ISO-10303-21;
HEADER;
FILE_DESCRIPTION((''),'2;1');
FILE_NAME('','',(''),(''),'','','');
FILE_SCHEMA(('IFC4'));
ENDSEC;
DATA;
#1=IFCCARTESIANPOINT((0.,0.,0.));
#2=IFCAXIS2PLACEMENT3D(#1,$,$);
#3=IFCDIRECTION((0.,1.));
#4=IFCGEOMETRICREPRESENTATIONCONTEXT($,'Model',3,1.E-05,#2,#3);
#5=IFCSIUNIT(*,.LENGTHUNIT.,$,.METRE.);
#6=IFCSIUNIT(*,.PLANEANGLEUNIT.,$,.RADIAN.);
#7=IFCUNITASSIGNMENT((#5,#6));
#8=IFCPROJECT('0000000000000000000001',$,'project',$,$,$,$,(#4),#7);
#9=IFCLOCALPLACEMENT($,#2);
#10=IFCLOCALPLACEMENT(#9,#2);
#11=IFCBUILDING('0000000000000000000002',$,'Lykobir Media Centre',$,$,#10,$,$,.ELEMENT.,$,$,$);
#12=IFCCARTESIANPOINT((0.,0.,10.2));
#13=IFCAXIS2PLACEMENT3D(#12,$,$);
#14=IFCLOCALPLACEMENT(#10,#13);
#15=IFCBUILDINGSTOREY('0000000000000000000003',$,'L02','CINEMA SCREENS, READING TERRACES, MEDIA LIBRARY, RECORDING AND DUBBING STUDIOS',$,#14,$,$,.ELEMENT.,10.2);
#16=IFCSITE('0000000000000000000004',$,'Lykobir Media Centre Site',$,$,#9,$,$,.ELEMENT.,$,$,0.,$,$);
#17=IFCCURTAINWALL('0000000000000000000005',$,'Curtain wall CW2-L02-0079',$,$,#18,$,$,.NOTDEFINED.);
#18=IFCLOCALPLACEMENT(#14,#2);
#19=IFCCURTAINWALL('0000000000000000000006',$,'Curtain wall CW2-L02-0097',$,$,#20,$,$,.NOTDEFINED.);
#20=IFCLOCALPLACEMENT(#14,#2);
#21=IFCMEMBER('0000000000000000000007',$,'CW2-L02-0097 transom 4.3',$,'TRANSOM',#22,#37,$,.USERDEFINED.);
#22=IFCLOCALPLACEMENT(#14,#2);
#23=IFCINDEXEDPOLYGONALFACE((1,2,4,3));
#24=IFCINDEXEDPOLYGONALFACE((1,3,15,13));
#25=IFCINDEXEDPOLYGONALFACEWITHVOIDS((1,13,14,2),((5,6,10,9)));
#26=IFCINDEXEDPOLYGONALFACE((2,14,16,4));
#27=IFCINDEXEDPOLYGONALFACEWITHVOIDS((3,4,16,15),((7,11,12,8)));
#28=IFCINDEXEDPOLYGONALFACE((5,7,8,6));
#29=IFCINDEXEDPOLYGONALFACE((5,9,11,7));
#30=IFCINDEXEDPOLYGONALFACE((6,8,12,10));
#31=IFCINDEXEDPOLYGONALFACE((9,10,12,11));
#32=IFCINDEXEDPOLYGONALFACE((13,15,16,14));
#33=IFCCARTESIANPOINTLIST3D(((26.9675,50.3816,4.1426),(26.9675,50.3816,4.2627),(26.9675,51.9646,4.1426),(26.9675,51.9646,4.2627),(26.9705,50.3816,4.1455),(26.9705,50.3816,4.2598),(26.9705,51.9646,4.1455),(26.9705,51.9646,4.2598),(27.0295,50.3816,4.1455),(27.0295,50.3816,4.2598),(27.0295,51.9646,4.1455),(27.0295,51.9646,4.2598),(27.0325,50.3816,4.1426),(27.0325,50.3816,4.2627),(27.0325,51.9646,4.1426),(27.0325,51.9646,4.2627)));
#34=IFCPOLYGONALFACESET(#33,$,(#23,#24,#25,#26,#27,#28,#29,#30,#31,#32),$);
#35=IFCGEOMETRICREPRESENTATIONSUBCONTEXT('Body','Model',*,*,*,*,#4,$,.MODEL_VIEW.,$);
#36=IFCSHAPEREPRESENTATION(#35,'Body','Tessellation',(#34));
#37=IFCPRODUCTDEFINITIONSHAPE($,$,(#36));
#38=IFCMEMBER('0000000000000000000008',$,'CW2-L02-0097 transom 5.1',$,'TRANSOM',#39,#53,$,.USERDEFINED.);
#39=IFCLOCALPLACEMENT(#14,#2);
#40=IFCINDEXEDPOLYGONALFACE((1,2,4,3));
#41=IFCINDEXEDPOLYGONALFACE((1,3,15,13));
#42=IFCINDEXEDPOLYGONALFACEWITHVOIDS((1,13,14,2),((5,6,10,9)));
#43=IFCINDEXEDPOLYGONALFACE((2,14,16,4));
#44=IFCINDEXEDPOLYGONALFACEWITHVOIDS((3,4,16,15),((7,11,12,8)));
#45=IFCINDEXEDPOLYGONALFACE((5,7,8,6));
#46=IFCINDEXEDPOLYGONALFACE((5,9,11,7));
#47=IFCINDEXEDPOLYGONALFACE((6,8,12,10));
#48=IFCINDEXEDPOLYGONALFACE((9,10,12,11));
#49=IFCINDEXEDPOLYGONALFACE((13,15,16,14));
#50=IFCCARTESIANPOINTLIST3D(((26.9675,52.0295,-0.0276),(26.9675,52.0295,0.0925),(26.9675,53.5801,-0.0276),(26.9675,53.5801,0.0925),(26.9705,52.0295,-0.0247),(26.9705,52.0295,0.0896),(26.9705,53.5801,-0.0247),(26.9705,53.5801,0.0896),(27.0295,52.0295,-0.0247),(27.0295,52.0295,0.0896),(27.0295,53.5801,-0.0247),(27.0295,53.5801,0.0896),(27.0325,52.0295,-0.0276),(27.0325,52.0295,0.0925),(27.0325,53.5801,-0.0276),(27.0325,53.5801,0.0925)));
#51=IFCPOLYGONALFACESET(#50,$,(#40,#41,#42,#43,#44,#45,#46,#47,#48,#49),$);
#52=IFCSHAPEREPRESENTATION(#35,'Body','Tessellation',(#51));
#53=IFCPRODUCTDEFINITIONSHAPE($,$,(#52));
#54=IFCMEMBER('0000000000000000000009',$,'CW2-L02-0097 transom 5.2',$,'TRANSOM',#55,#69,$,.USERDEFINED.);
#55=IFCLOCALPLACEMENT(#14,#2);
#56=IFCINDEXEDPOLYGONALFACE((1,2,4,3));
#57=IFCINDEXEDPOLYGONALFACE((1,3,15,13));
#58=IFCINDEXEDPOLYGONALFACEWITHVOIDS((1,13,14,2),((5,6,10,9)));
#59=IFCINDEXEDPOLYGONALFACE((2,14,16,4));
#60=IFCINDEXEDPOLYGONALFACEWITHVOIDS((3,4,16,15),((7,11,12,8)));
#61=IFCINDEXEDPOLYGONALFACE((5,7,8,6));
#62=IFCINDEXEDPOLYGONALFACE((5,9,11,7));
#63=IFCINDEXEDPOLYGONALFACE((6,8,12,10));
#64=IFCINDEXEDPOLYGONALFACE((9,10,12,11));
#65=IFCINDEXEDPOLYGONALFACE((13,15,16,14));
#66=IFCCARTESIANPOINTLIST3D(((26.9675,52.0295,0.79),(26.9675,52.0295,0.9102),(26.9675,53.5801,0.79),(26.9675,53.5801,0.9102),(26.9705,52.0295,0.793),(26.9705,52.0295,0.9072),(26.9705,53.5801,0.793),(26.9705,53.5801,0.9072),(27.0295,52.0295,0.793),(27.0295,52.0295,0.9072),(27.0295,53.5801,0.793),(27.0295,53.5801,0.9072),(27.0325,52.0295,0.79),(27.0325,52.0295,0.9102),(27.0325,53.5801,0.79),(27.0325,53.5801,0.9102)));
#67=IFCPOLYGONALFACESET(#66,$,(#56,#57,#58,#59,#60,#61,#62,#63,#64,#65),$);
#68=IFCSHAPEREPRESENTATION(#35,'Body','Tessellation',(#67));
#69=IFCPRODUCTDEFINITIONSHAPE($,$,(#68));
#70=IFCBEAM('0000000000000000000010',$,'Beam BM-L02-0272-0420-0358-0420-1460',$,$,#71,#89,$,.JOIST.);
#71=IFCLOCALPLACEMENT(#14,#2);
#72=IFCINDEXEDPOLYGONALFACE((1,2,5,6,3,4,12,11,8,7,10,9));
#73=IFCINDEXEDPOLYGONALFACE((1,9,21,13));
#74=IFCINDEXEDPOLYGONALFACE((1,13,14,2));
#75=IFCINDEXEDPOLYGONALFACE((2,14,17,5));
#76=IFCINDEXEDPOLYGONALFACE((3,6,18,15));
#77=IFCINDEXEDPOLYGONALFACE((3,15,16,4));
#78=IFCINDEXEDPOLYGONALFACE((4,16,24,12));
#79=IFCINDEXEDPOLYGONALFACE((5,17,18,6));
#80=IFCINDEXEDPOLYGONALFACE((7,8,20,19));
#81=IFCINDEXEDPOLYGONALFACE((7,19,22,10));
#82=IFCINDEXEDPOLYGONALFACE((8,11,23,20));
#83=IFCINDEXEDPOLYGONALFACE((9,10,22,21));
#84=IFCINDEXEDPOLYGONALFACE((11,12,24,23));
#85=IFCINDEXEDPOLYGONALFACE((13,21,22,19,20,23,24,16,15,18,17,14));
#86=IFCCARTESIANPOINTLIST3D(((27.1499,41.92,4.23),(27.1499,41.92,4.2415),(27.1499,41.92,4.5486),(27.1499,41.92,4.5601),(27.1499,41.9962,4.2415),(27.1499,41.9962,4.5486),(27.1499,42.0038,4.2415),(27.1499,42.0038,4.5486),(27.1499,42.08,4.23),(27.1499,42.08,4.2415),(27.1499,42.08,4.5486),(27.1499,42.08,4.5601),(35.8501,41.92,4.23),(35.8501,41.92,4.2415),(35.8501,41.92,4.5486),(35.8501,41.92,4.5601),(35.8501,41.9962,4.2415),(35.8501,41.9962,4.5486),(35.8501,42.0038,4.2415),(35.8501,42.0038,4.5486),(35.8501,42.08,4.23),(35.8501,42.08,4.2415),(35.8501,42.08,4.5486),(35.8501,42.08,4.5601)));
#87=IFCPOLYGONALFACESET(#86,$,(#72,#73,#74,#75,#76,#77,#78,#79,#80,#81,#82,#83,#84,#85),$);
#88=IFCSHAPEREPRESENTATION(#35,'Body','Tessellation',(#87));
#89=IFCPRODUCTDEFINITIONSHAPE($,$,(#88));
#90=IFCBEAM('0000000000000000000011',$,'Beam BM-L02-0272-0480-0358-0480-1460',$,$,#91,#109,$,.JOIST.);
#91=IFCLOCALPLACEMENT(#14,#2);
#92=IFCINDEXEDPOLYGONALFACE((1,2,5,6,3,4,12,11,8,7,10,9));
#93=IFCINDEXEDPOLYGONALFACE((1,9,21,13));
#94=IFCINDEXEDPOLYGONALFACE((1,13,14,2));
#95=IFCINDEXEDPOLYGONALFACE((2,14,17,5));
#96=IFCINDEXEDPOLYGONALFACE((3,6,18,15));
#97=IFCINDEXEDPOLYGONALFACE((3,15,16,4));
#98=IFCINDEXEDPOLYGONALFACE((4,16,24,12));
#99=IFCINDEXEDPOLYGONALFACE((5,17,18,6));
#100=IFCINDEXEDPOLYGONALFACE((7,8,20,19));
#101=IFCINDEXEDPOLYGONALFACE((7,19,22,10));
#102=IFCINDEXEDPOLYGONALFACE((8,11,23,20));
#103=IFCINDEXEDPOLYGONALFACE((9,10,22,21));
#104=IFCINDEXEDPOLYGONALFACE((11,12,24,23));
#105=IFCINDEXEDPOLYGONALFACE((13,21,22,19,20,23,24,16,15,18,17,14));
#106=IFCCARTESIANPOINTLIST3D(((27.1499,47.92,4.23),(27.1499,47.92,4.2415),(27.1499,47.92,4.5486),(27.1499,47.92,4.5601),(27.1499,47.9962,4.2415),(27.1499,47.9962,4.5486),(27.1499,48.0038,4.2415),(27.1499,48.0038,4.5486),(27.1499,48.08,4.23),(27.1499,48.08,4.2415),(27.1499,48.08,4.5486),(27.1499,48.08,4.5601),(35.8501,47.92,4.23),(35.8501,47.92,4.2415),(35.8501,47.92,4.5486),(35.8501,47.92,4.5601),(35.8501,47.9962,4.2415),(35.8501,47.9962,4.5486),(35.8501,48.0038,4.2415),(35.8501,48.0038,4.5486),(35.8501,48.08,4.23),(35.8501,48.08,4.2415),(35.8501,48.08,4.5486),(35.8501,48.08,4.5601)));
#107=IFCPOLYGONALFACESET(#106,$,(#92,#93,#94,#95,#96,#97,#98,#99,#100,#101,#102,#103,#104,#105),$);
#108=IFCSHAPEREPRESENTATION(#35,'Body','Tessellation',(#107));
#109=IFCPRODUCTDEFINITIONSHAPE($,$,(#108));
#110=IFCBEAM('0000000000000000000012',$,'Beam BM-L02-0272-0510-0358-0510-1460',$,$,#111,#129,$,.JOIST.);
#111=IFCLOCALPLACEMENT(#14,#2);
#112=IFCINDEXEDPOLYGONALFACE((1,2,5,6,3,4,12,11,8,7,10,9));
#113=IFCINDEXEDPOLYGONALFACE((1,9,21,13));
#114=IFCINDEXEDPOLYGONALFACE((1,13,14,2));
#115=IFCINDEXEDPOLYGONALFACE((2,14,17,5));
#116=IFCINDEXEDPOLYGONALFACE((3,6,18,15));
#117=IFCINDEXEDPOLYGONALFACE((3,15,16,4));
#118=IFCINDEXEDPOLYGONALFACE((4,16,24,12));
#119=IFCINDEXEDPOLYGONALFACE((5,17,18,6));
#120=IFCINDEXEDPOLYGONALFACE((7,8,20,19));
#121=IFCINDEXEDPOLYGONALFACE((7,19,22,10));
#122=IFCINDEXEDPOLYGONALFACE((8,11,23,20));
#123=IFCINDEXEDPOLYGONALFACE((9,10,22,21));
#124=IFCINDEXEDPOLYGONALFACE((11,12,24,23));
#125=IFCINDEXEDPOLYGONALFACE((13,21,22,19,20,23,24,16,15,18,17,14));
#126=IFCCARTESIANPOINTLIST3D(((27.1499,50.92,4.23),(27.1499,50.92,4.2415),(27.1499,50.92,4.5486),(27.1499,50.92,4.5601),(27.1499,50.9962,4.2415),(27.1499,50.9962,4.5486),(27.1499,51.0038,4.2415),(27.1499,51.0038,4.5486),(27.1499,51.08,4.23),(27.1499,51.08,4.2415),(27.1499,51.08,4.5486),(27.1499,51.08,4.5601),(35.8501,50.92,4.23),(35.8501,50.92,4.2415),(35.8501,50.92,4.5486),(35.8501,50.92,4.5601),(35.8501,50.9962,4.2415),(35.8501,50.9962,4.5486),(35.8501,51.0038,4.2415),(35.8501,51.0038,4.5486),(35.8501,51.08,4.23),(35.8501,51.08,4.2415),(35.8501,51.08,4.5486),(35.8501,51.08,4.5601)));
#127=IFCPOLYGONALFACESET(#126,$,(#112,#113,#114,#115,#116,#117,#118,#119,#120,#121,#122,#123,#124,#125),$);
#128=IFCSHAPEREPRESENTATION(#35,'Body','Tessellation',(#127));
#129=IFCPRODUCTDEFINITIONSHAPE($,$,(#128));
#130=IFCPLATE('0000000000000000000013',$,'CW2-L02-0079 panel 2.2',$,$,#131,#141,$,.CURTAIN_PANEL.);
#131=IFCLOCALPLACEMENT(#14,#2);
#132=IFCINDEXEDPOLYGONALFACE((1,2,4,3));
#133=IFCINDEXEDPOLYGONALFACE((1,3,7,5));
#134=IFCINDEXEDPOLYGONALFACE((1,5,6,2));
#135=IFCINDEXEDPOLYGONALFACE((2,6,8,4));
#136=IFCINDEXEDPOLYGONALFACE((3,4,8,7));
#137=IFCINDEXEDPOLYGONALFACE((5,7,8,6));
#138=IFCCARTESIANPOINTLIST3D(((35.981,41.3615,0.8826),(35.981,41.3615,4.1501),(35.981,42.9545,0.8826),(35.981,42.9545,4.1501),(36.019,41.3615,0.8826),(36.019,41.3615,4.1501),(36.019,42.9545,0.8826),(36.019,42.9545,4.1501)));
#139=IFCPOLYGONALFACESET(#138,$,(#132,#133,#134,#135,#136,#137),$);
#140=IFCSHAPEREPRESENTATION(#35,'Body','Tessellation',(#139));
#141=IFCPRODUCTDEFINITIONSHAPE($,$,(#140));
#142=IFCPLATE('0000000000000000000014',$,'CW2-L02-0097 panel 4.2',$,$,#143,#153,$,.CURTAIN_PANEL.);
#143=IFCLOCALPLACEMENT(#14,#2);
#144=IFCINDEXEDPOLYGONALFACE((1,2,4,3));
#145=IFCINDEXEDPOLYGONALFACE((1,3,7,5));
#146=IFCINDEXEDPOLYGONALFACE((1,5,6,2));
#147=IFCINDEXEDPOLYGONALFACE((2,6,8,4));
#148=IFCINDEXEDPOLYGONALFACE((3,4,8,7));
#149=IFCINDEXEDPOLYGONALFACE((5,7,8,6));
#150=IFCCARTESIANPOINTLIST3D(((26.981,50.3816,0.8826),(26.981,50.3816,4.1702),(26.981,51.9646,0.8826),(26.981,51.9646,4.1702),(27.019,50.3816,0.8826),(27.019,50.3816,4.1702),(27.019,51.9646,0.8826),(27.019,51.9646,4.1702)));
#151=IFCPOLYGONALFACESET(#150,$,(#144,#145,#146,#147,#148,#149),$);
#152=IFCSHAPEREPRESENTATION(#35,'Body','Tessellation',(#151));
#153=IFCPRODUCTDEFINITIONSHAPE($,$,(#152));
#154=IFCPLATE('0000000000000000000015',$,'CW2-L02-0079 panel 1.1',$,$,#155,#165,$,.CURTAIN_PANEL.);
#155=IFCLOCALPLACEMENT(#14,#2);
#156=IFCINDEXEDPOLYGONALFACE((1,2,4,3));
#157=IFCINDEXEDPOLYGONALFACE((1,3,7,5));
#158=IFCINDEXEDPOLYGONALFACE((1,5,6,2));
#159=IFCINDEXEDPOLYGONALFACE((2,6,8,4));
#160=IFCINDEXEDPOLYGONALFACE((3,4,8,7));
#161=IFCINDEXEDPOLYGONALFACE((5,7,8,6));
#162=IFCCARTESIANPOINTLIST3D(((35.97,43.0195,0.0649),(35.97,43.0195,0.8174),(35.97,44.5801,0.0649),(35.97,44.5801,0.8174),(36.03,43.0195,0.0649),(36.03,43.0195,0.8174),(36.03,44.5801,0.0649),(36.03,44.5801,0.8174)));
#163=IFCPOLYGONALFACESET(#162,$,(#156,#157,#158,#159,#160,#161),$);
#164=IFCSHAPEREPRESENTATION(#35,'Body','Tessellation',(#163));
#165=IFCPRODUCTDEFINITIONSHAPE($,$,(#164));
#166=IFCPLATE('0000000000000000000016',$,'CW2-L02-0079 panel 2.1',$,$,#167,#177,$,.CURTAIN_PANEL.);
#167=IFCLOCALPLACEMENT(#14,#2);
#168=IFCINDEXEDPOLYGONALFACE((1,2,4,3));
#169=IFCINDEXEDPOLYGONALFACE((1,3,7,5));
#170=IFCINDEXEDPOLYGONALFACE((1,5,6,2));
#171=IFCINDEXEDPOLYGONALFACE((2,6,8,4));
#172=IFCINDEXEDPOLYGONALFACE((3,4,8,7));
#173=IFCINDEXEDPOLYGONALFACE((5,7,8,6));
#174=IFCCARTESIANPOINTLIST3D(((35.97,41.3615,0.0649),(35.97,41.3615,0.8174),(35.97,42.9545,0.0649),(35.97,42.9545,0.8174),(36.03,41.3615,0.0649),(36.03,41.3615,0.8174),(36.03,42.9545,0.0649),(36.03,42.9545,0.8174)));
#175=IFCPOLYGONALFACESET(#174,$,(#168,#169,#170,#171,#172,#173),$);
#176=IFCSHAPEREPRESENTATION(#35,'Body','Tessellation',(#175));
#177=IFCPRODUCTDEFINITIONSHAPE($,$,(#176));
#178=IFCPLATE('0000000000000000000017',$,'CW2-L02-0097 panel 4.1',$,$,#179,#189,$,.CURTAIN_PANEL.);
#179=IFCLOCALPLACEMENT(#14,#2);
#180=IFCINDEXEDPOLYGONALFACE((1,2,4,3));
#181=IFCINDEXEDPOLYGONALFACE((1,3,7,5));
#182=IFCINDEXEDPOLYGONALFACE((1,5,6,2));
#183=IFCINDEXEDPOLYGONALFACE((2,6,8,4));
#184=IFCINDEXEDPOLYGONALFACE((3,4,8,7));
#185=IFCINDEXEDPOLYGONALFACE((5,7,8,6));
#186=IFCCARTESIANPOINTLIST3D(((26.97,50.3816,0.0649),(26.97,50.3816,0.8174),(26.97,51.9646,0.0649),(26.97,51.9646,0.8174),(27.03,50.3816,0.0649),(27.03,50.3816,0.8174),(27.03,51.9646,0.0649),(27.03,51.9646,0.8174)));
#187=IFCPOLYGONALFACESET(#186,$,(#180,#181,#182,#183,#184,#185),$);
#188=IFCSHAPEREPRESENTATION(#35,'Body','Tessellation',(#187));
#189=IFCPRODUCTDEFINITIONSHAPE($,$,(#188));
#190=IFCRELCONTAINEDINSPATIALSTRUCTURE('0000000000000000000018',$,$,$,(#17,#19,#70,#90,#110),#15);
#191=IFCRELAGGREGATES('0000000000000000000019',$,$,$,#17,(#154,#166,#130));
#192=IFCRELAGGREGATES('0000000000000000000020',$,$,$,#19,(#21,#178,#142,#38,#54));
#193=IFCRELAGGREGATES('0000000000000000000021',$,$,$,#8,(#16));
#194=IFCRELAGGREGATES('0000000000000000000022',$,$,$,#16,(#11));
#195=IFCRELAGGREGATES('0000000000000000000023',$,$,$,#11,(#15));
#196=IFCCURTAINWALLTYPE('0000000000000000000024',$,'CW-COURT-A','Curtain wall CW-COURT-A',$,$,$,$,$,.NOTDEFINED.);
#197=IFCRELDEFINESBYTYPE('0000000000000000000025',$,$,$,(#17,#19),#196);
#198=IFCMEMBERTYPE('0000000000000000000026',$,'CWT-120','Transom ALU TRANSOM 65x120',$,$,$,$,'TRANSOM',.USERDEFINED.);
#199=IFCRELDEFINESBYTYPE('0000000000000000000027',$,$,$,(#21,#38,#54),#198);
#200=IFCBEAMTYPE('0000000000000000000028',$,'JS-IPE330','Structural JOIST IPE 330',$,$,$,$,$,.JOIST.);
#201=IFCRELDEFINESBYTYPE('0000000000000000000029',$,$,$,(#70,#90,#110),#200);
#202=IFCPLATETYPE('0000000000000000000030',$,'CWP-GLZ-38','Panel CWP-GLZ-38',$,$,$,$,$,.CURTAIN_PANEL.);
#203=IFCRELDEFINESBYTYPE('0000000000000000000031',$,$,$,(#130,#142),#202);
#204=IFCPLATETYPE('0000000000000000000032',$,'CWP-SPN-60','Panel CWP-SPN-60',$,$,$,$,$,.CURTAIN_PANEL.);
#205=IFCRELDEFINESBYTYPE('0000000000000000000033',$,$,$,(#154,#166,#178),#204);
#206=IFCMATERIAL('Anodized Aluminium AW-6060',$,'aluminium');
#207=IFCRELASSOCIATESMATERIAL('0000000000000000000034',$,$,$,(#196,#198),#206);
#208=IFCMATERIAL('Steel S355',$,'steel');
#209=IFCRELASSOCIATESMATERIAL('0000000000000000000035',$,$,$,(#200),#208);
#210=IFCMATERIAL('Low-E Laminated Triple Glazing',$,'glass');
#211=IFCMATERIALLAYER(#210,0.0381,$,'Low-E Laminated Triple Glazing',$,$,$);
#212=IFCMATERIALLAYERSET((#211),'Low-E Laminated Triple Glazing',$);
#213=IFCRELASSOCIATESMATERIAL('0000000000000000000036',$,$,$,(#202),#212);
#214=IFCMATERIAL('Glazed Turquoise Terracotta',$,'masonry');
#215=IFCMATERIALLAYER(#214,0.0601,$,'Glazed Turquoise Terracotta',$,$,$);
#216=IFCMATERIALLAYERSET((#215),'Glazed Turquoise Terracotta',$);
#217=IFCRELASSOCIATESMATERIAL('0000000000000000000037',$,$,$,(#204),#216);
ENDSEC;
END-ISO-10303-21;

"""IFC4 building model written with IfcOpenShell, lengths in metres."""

from ifc_helpers import new_model, si_unit, direction, frame, origin, origin_2d, place, context, subcontext, project, spatial, rectangle, hollow_rectangle, i_section, extrude, material, layer, layer_set, material_profile, profile_set, type_object, element, aggregate, save


model = new_model("IFC4")

# Units and contexts
model_context = context("Model", 3, precision=1e-05, world=origin(), true_north=direction((0.0, 1.0)))
body_context = subcontext(model_context, "Body", "Model", "MODEL_VIEW")
ifc_project = project(units=[si_unit("LENGTHUNIT", "METRE"), si_unit("PLANEANGLEUNIT", "RADIAN")], contexts=[model_context])

# Site, building, storey
site_placement = place(None, origin())
site = spatial("IfcSite", under=ifc_project, at=site_placement, Name="Lykobir Media Centre Site", CompositionType="ELEMENT", RefElevation=0.0)
building_placement = place(site_placement, origin())
building = spatial("IfcBuilding", under=site, at=building_placement, Name="Lykobir Media Centre", CompositionType="ELEMENT")
storey_placement = place(building_placement, frame((0.0, 0.0, 10.2)))
storey = spatial("IfcBuildingStorey", under=building, at=storey_placement, Name="L02", Description="CINEMA SCREENS, READING TERRACES, MEDIA LIBRARY, RECORDING AND DUBBING STUDIOS", CompositionType="ELEMENT", Elevation=10.2)

# Curtain wall
ifc_material_1 = material(Name="Anodized Aluminium AW-6060", Category="aluminium")
curtain_wall_type = type_object("IfcCurtainWallType", Name="CW-COURT-A", Description="Curtain wall CW-COURT-A", PredefinedType="NOTDEFINED", material=ifc_material_1)
curtain_wall_1_placement = place(storey_placement, origin())
curtain_wall_1 = element("IfcCurtainWall", 1, at=curtain_wall_1_placement, inside=storey, type_object=curtain_wall_type, Name="Curtain wall CW2-L02-0079", PredefinedType="NOTDEFINED")

# Curtain wall
curtain_wall_2_placement = place(storey_placement, origin())
curtain_wall_2 = element("IfcCurtainWall", 2, at=curtain_wall_2_placement, inside=storey, type_object=curtain_wall_type, Name="Curtain wall CW2-L02-0097", PredefinedType="NOTDEFINED")

# Members
ifc_material_profile_1 = material_profile(ifc_material_1, hollow_rectangle(XDim=0.0649, YDim=0.1201, WallThickness=0.0029, at=origin_2d()), Name="ALU TRANSOM 65x120")
ifc_profile_set_1 = profile_set([ifc_material_profile_1], Name="Anodized Aluminium AW-6060")
member_type_1 = type_object("IfcMemberType", Name="CWT-120", Description="Transom ALU TRANSOM 65x120", ElementType="TRANSOM", PredefinedType="USERDEFINED", material=ifc_profile_set_1)
member_1_placement = place(storey_placement, frame((27.0, 50.3816, 4.2026), z_axis=(0.0, 1.0, 0.0), x_axis=(-1.0, 0.0, 0.0)))
member_1 = element("IfcMember", 3, at=member_1_placement, type_object=member_type_1, Name="CW2-L02-0097 transom 4.3", ObjectType="TRANSOM", PredefinedType="USERDEFINED", context=body_context, shape_type="SweptSolid", body=[
    extrude(hollow_rectangle(XDim=0.0649, YDim=0.1201, WallThickness=0.0029, at=origin_2d()), origin(), (0.0, 0.0, 1.0), 1.583),
])
member_2_placement = place(storey_placement, frame((27.0, 52.0295, 0.0325), z_axis=(0.0, 1.0, 0.0), x_axis=(-1.0, 0.0, 0.0)))
member_2 = element("IfcMember", 4, at=member_2_placement, type_object=member_type_1, Name="CW2-L02-0097 transom 5.1", ObjectType="TRANSOM", PredefinedType="USERDEFINED", context=body_context, shape_type="SweptSolid", body=[
    extrude(hollow_rectangle(XDim=0.0649, YDim=0.1201, WallThickness=0.0029, at=origin_2d()), origin(), (0.0, 0.0, 1.0), 1.5505),
])
member_3_placement = place(storey_placement, frame((27.0, 52.0295, 0.8501), z_axis=(0.0, 1.0, 0.0), x_axis=(-1.0, 0.0, 0.0)))
member_3 = element("IfcMember", 5, at=member_3_placement, type_object=member_type_1, Name="CW2-L02-0097 transom 5.2", ObjectType="TRANSOM", PredefinedType="USERDEFINED", context=body_context, shape_type="SweptSolid", body=[
    extrude(hollow_rectangle(XDim=0.0649, YDim=0.1201, WallThickness=0.0029, at=origin_2d()), origin(), (0.0, 0.0, 1.0), 1.5505),
])

# Beams
ifc_material_2 = material(Name="Steel S355", Category="steel")
ifc_material_profile_2 = material_profile(ifc_material_2, i_section(OverallWidth=0.1599, OverallDepth=0.3301, WebThickness=0.0076, FlangeThickness=0.0115, at=origin_2d()), Name="IPE 330")
ifc_profile_set_2 = profile_set([ifc_material_profile_2], Name="Steel S355")
beam_type = type_object("IfcBeamType", Name="JS-IPE330", Description="Structural JOIST IPE 330", PredefinedType="JOIST", material=ifc_profile_set_2)
for number, where, z_axis, x_axis, name in (
    (6, (27.1499, 42.0, 4.395), (1.0, 0.0, 0.0), (0.0, 1.0, 0.0), "Beam BM-L02-0272-0420-0358-0420-1460"),
    (7, (27.1499, 48.0, 4.395), (1.0, 0.0, 0.0), (0.0, 1.0, 0.0), "Beam BM-L02-0272-0480-0358-0480-1460"),
    (8, (27.1499, 51.0, 4.395), (1.0, 0.0, 0.0), (0.0, 1.0, 0.0), "Beam BM-L02-0272-0510-0358-0510-1460"),
):
    element("IfcBeam", number, at=place(storey_placement, frame(where, z_axis=z_axis, x_axis=x_axis)), inside=storey, type_object=beam_type, Name=name, PredefinedType="JOIST", context=body_context, shape_type="SweptSolid", body=[
        extrude(i_section(OverallWidth=0.1599, OverallDepth=0.3301, WebThickness=0.0076, FlangeThickness=0.0115, at=origin_2d()), origin(), (0.0, 0.0, 1.0), 8.7002),
    ])

# Plates
ifc_material_3 = material(Name="Low-E Laminated Triple Glazing", Category="glass")
ifc_layer_1 = layer(ifc_material_3, 0.0381, Name="Low-E Laminated Triple Glazing")
ifc_layer_set_1 = layer_set([ifc_layer_1], Name="Low-E Laminated Triple Glazing")
plate_type_1 = type_object("IfcPlateType", Name="CWP-GLZ-38", Description="Panel CWP-GLZ-38", PredefinedType="CURTAIN_PANEL", material=ifc_layer_set_1)
plate_1_placement = place(storey_placement, frame((36.0, 42.158, 0.8826), z_axis=(0.0, 0.0, 1.0), x_axis=(0.0, -1.0, 0.0)))
plate_1 = element("IfcPlate", 9, at=plate_1_placement, type_object=plate_type_1, Name="CW2-L02-0079 panel 2.2", PredefinedType="CURTAIN_PANEL", context=body_context, shape_type="SweptSolid", body=[
    extrude(rectangle(XDim=1.593, YDim=0.0381, at=origin_2d()), origin(), (0.0, 0.0, 1.0), 3.2676),
])
plate_2_placement = place(storey_placement, frame((27.0, 51.1731, 0.8826), z_axis=(0.0, 0.0, 1.0), x_axis=(0.0, 1.0, 0.0)))
plate_2 = element("IfcPlate", 10, at=plate_2_placement, type_object=plate_type_1, Name="CW2-L02-0097 panel 4.2", PredefinedType="CURTAIN_PANEL", context=body_context, shape_type="SweptSolid", body=[
    extrude(rectangle(XDim=1.583, YDim=0.0381, at=origin_2d()), origin(), (0.0, 0.0, 1.0), 3.2876),
])
ifc_material_4 = material(Name="Glazed Turquoise Terracotta", Category="masonry")
ifc_layer_2 = layer(ifc_material_4, 0.0601, Name="Glazed Turquoise Terracotta")
ifc_layer_set_2 = layer_set([ifc_layer_2], Name="Glazed Turquoise Terracotta")
plate_type_2 = type_object("IfcPlateType", Name="CWP-SPN-60", Description="Panel CWP-SPN-60", PredefinedType="CURTAIN_PANEL", material=ifc_layer_set_2)
plate_3_placement = place(storey_placement, frame((36.0, 43.7998, 0.0649), z_axis=(0.0, 0.0, 1.0), x_axis=(0.0, -1.0, 0.0)))
plate_3 = element("IfcPlate", 11, at=plate_3_placement, type_object=plate_type_2, Name="CW2-L02-0079 panel 1.1", PredefinedType="CURTAIN_PANEL", context=body_context, shape_type="SweptSolid", body=[
    extrude(rectangle(XDim=1.5605, YDim=0.0601, at=origin_2d()), origin(), (0.0, 0.0, 1.0), 0.7524),
])
plate_4_placement = place(storey_placement, frame((36.0, 42.158, 0.0649), z_axis=(0.0, 0.0, 1.0), x_axis=(0.0, -1.0, 0.0)))
plate_4 = element("IfcPlate", 12, at=plate_4_placement, type_object=plate_type_2, Name="CW2-L02-0079 panel 2.1", PredefinedType="CURTAIN_PANEL", context=body_context, shape_type="SweptSolid", body=[
    extrude(rectangle(XDim=1.593, YDim=0.0601, at=origin_2d()), origin(), (0.0, 0.0, 1.0), 0.7524),
])
aggregate(curtain_wall_1, [plate_3, plate_4, plate_1])
plate_5_placement = place(storey_placement, frame((27.0, 51.1731, 0.0649), z_axis=(0.0, 0.0, 1.0), x_axis=(0.0, 1.0, 0.0)))
plate_5 = element("IfcPlate", 13, at=plate_5_placement, type_object=plate_type_2, Name="CW2-L02-0097 panel 4.1", PredefinedType="CURTAIN_PANEL", context=body_context, shape_type="SweptSolid", body=[
    extrude(rectangle(XDim=1.583, YDim=0.0601, at=origin_2d()), origin(), (0.0, 0.0, 1.0), 0.7524),
])
aggregate(curtain_wall_2, [member_1, plate_5, plate_2, member_2, member_3])

save(model, "model.ifc")
